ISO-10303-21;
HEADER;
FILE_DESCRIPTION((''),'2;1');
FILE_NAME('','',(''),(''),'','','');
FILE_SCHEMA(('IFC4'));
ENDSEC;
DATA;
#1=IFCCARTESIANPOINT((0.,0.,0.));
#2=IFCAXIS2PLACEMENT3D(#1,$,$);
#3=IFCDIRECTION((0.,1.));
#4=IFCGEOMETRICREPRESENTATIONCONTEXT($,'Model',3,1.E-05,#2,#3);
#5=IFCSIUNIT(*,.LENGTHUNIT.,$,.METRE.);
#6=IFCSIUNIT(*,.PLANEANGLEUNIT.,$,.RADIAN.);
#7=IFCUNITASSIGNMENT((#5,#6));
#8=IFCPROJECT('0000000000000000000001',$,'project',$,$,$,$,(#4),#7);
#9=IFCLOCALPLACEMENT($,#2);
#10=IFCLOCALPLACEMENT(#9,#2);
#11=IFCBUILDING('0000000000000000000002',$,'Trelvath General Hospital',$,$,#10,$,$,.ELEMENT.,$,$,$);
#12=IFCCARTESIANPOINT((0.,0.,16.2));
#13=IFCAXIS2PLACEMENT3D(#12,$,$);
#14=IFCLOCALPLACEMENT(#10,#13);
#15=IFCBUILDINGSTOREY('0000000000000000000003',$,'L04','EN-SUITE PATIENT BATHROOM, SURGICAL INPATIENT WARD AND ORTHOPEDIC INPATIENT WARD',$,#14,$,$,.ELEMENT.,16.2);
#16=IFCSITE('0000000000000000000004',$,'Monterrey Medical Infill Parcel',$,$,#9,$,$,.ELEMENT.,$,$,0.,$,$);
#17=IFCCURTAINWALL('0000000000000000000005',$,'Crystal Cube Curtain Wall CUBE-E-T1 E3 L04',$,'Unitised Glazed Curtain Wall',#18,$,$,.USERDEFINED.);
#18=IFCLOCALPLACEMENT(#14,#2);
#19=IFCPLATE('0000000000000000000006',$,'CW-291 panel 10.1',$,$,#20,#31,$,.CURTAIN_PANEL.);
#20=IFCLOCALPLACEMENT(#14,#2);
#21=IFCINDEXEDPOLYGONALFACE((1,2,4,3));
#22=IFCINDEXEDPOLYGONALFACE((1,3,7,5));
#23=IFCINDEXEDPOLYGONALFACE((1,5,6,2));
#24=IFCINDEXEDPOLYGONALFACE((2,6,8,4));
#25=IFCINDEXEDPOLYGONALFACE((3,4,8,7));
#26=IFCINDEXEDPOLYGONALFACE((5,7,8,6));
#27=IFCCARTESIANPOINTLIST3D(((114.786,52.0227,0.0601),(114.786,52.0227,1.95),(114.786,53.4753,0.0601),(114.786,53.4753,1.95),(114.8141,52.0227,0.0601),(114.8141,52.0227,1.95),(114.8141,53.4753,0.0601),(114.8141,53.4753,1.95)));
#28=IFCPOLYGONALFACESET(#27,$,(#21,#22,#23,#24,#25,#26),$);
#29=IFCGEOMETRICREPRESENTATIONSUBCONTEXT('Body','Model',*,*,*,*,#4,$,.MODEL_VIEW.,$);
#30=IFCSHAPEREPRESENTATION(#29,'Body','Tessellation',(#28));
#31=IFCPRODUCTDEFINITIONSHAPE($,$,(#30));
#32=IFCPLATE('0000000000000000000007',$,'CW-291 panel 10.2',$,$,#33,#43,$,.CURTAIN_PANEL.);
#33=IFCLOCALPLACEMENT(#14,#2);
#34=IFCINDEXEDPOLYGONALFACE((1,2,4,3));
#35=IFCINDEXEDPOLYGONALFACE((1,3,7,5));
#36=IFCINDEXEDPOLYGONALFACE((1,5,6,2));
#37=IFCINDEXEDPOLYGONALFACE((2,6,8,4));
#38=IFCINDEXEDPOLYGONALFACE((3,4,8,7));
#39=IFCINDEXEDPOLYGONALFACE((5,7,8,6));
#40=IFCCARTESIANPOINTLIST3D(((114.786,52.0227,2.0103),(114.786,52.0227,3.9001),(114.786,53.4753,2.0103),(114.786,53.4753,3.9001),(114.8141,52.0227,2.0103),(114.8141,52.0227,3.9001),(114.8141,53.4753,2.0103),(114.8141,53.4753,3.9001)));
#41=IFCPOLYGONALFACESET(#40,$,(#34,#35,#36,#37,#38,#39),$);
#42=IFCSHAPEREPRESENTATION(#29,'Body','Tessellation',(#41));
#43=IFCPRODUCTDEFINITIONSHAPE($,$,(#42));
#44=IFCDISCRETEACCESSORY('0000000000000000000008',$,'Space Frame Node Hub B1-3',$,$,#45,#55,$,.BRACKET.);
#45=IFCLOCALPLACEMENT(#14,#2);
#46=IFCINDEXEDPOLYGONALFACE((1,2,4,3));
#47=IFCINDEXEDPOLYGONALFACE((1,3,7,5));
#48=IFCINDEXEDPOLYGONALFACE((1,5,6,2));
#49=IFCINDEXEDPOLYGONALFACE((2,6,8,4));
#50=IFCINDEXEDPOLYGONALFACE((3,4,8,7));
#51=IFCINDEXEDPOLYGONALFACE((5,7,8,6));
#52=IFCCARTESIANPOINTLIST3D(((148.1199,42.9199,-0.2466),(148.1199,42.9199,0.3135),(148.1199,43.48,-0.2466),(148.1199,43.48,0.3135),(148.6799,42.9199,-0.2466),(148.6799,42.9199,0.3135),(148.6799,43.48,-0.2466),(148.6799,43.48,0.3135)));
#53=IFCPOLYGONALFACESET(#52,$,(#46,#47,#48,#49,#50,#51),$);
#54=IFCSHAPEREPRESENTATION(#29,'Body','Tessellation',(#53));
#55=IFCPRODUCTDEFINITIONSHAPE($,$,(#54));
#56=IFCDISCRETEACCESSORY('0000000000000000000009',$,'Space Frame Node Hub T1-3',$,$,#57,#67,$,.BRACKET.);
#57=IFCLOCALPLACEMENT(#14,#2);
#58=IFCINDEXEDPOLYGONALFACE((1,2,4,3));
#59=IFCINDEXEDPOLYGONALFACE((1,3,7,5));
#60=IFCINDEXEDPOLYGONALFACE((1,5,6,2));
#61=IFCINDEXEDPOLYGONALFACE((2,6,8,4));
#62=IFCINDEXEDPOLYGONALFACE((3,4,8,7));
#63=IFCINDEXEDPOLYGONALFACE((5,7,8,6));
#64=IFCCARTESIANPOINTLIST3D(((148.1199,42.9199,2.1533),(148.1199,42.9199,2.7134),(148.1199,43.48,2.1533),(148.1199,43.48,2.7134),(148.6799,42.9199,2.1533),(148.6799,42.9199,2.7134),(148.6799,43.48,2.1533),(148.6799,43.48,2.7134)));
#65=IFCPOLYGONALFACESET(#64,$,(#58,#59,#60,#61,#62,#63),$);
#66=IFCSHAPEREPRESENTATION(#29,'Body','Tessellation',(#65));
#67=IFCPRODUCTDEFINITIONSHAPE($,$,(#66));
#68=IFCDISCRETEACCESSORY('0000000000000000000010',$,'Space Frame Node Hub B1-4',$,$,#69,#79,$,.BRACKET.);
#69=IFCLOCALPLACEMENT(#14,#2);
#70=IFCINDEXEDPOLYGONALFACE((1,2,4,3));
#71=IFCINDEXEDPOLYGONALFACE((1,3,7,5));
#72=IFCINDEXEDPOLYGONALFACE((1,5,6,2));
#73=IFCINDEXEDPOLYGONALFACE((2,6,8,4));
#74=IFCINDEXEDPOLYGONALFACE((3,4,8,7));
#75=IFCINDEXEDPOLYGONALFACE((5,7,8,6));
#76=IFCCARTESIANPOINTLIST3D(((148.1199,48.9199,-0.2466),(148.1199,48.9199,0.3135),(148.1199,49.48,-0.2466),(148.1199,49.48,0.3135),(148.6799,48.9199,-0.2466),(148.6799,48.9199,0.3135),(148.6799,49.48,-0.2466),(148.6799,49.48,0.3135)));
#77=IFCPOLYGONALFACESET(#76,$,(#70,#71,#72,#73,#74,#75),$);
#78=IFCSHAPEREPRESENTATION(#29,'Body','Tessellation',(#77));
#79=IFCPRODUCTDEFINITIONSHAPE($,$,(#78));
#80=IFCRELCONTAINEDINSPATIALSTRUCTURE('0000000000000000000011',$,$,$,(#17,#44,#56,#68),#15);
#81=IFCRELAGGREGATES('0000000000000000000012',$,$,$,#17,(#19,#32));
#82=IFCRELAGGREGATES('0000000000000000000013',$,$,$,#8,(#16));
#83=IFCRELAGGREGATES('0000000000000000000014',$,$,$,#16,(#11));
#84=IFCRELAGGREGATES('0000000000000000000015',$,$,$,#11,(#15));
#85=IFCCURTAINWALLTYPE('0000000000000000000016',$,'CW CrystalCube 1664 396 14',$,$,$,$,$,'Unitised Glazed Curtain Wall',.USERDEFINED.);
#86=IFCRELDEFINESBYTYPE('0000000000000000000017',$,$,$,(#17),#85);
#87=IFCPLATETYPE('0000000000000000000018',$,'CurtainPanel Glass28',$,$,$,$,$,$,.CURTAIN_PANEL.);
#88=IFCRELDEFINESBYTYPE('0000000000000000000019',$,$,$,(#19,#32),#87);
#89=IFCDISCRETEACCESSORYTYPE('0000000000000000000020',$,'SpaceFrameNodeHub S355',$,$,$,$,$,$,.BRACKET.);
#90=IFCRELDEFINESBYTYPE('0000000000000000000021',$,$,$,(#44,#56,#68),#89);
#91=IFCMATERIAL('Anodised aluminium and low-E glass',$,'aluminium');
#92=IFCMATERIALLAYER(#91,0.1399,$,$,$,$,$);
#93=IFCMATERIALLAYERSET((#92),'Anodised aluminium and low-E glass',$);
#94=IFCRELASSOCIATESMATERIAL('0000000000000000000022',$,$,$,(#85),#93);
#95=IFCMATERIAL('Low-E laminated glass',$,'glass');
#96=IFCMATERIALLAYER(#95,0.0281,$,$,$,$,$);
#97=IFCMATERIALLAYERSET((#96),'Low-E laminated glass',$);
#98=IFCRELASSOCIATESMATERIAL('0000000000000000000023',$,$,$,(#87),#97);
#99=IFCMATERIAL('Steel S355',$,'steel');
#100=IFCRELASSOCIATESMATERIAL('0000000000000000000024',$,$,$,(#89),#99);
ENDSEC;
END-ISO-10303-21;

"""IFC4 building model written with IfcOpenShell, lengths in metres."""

from ifc_helpers import new_model, si_unit, direction, frame, origin, origin_2d, place, context, subcontext, project, spatial, rectangle, extrude, material, layer, layer_set, type_object, element, aggregate, save


model = new_model("IFC4")

# Units and contexts
model_context = context("Model", 3, precision=1e-05, world=origin(), true_north=direction((0.0, 1.0)))
body_context = subcontext(model_context, "Body", "Model", "MODEL_VIEW")
ifc_project = project(units=[si_unit("LENGTHUNIT", "METRE"), si_unit("PLANEANGLEUNIT", "RADIAN")], contexts=[model_context])

# Site, building, storey
site_placement = place(None, origin())
site = spatial("IfcSite", under=ifc_project, at=site_placement, Name="Monterrey Medical Infill Parcel", CompositionType="ELEMENT", RefElevation=0.0)
building_placement = place(site_placement, origin())
building = spatial("IfcBuilding", under=site, at=building_placement, Name="Trelvath General Hospital", CompositionType="ELEMENT")
storey_placement = place(building_placement, frame((0.0, 0.0, 16.2)))
storey = spatial("IfcBuildingStorey", under=building, at=storey_placement, Name="L04", Description="EN-SUITE PATIENT BATHROOM, SURGICAL INPATIENT WARD AND ORTHOPEDIC INPATIENT WARD", CompositionType="ELEMENT", Elevation=16.2)

# Curtain wall
ifc_material_1 = material(Name="Anodised aluminium and low-E glass", Category="aluminium")
ifc_layer_1 = layer(ifc_material_1, 0.1399)
ifc_layer_set_1 = layer_set([ifc_layer_1], Name="Anodised aluminium and low-E glass")
curtain_wall_type = type_object("IfcCurtainWallType", Name="CW CrystalCube 1664 396 14", ElementType="Unitised Glazed Curtain Wall", PredefinedType="USERDEFINED", material=ifc_layer_set_1)
curtain_wall_placement = place(storey_placement, origin())
curtain_wall = element("IfcCurtainWall", 1, at=curtain_wall_placement, inside=storey, type_object=curtain_wall_type, Name="Crystal Cube Curtain Wall CUBE-E-T1 E3 L04", ObjectType="Unitised Glazed Curtain Wall", PredefinedType="USERDEFINED")

# Plates
ifc_material_2 = material(Name="Low-E laminated glass", Category="glass")
ifc_layer_2 = layer(ifc_material_2, 0.0281)
ifc_layer_set_2 = layer_set([ifc_layer_2], Name="Low-E laminated glass")
plate_type = type_object("IfcPlateType", Name="CurtainPanel Glass28", PredefinedType="CURTAIN_PANEL", material=ifc_layer_set_2)
plate_1_placement = place(storey_placement, frame((114.8, 52.749, 0.0601), z_axis=(0.0, 0.0, 1.0), x_axis=(0.0, -1.0, 0.0)))
plate_1 = element("IfcPlate", 2, at=plate_1_placement, type_object=plate_type, Name="CW-291 panel 10.1", PredefinedType="CURTAIN_PANEL", context=body_context, shape_type="SweptSolid", body=[
    extrude(rectangle(XDim=1.4526, YDim=0.0281, at=origin_2d()), origin(), (0.0, 0.0, 1.0), 1.8899),
])
plate_2_placement = place(storey_placement, frame((114.8, 52.749, 2.0103), z_axis=(0.0, 0.0, 1.0), x_axis=(0.0, -1.0, 0.0)))
plate_2 = element("IfcPlate", 3, at=plate_2_placement, type_object=plate_type, Name="CW-291 panel 10.2", PredefinedType="CURTAIN_PANEL", context=body_context, shape_type="SweptSolid", body=[
    extrude(rectangle(XDim=1.4526, YDim=0.0281, at=origin_2d()), origin(), (0.0, 0.0, 1.0), 1.8899),
])
aggregate(curtain_wall, [plate_1, plate_2])

# Discrete accessories
ifc_material_3 = material(Name="Steel S355", Category="steel")
discrete_accessory_type = type_object("IfcDiscreteAccessoryType", Name="SpaceFrameNodeHub S355", PredefinedType="BRACKET", material=ifc_material_3)
for number, where, z_axis, x_axis, name in (
    (4, (148.3999, 43.2, -0.2466), (0.0, 0.0, 1.0), (1.0, 0.0, 0.0), "Space Frame Node Hub B1-3"),
    (5, (148.3999, 43.2, 2.1533), (0.0, 0.0, 1.0), (1.0, 0.0, 0.0), "Space Frame Node Hub T1-3"),
    (6, (148.3999, 49.2, -0.2466), (0.0, 0.0, 1.0), (1.0, 0.0, 0.0), "Space Frame Node Hub B1-4"),
):
    element("IfcDiscreteAccessory", number, at=place(storey_placement, frame(where, z_axis=z_axis, x_axis=x_axis)), inside=storey, type_object=discrete_accessory_type, Name=name, PredefinedType="BRACKET", context=body_context, shape_type="SweptSolid", body=[
        extrude(rectangle(XDim=0.5601, YDim=0.5601, at=origin_2d()), origin(), (0.0, 0.0, 1.0), 0.5601),
    ])

save(model, "model.ifc")
